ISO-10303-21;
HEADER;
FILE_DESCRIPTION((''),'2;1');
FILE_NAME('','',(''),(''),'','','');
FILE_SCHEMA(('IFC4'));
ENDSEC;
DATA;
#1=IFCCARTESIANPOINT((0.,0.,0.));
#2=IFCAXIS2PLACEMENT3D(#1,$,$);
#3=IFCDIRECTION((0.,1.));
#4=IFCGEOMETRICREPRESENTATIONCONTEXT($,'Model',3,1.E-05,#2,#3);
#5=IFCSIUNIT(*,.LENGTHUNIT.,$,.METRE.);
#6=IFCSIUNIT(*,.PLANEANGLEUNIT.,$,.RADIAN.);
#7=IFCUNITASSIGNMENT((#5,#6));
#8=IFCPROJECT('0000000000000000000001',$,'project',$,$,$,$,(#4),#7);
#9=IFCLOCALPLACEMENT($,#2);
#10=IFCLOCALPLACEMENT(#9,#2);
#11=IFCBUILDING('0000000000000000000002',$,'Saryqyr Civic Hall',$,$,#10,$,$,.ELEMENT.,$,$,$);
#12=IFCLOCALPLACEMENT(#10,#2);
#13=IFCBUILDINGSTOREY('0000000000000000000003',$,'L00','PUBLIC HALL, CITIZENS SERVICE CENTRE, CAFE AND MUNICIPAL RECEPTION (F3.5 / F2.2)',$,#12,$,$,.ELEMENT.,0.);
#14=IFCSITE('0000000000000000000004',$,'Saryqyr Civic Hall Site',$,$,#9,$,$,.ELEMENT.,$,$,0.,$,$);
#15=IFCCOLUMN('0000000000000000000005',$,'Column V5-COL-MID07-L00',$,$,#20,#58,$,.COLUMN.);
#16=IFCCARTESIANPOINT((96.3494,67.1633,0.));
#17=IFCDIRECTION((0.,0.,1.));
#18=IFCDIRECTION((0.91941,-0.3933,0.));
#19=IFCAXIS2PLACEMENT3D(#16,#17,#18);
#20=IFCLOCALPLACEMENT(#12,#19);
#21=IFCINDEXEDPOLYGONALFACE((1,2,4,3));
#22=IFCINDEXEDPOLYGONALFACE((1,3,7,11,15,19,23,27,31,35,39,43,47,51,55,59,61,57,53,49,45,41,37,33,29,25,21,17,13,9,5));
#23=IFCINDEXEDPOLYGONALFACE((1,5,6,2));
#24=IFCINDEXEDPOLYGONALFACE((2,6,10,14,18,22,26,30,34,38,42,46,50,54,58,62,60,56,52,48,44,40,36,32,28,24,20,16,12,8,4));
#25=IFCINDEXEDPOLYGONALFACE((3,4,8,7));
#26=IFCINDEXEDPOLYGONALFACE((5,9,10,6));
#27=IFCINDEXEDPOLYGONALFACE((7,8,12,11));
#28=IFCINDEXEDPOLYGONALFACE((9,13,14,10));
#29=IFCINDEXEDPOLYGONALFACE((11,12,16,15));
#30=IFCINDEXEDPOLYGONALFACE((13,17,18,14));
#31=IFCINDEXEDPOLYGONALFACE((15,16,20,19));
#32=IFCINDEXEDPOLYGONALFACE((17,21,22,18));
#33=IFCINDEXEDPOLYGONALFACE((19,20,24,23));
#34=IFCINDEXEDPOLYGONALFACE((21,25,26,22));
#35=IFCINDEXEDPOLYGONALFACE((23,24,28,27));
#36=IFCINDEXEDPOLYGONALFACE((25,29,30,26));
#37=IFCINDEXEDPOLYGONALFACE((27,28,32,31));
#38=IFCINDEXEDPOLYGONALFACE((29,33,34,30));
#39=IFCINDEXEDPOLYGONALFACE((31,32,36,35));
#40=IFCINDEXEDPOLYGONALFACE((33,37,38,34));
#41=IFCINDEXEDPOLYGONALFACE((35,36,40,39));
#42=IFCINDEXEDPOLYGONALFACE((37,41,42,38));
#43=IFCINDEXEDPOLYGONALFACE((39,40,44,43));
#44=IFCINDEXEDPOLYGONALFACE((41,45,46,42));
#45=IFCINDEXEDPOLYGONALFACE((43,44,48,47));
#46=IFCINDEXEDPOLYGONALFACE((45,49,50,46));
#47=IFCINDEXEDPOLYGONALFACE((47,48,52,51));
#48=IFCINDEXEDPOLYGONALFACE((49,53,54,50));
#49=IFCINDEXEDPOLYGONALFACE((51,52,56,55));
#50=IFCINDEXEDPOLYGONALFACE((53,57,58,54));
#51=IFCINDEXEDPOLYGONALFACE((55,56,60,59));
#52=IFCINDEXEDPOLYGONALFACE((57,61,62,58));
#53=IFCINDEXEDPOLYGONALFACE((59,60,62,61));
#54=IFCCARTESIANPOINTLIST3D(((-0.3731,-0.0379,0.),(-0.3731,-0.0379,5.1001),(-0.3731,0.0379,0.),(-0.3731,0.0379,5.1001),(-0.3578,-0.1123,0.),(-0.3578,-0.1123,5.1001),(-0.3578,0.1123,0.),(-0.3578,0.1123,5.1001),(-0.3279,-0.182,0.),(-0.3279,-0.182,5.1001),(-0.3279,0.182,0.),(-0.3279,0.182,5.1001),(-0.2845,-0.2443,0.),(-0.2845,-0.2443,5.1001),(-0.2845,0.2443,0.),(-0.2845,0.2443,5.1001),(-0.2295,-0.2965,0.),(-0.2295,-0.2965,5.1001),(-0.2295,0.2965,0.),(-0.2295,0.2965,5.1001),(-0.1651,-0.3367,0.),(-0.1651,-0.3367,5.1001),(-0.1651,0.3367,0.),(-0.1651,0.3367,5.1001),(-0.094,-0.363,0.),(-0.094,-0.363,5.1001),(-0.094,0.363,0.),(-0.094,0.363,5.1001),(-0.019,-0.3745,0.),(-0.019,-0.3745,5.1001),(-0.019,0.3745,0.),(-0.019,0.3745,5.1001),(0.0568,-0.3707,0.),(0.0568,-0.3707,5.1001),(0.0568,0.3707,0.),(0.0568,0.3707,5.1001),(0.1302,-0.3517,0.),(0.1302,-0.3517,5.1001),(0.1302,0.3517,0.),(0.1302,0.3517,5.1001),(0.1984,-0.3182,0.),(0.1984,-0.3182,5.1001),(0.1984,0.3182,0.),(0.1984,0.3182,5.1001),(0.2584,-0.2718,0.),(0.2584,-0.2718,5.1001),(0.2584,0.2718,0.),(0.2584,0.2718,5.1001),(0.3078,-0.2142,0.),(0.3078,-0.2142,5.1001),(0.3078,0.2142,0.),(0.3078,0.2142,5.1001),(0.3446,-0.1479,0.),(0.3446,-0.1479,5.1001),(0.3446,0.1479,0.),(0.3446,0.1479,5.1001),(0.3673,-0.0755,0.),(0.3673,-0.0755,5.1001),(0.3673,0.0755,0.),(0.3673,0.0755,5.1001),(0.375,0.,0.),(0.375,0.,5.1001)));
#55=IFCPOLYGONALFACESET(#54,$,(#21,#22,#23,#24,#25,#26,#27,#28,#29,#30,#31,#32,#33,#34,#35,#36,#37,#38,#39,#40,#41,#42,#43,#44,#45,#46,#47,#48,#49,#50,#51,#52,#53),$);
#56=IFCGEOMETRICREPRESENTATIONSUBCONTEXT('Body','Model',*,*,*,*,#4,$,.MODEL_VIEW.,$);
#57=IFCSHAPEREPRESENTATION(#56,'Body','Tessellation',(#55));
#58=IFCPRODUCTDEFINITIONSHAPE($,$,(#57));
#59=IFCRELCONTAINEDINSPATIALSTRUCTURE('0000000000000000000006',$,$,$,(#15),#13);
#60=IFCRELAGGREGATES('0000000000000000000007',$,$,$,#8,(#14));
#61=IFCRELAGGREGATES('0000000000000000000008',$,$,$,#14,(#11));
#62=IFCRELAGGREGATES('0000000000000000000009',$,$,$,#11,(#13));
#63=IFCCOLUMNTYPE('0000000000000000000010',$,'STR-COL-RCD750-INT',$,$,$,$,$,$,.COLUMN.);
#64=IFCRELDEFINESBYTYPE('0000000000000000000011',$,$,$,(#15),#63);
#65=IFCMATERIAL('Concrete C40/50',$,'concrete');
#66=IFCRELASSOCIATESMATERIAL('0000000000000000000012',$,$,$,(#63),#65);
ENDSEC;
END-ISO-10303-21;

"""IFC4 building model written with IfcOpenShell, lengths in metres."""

from ifc_helpers import new_model, si_unit, direction, frame, origin, origin_2d, place, context, subcontext, project, spatial, circle, extrude, material, material_profile, profile_set, type_object, element, save


model = new_model("IFC4")

# Units and contexts
model_context = context("Model", 3, precision=1e-05, world=origin(), true_north=direction((0.0, 1.0)))
body_context = subcontext(model_context, "Body", "Model", "MODEL_VIEW")
ifc_project = project(units=[si_unit("LENGTHUNIT", "METRE"), si_unit("PLANEANGLEUNIT", "RADIAN")], contexts=[model_context])

# Site, building, storey
site_placement = place(None, origin())
site = spatial("IfcSite", under=ifc_project, at=site_placement, Name="Saryqyr Civic Hall Site", CompositionType="ELEMENT", RefElevation=0.0)
building_placement = place(site_placement, origin())
building = spatial("IfcBuilding", under=site, at=building_placement, Name="Saryqyr Civic Hall", CompositionType="ELEMENT")
storey_placement = place(building_placement, origin())
storey = spatial("IfcBuildingStorey", under=building, at=storey_placement, Name="L00", Description="PUBLIC HALL, CITIZENS SERVICE CENTRE, CAFE AND MUNICIPAL RECEPTION (F3.5 / F2.2)", CompositionType="ELEMENT", Elevation=0.0)

# Column
ifc_material_1 = material(Name="Concrete C40/50", Category="concrete")
ifc_material_profile_1 = material_profile(ifc_material_1, circle(Radius=0.375, at=origin_2d()), Name="RC D750")
ifc_profile_set_1 = profile_set([ifc_material_profile_1], Name="Concrete C40/50")
column_type_1 = type_object("IfcColumnType", Name="STR-COL-RCD750-INT", PredefinedType="COLUMN", material=ifc_profile_set_1)
column_1_placement = place(storey_placement, frame((96.3494, 67.1633, 0.0), z_axis=(0.0, 0.0, 1.0), x_axis=(0.91941, -0.3933, 0.0)))
element("IfcColumn", 1, at=column_1_placement, inside=storey, type_object=column_type_1, Name="Column V5-COL-MID07-L00", PredefinedType="COLUMN", context=body_context, shape_type="SweptSolid", body=[
    extrude(circle(Radius=0.375, at=origin_2d()), origin(), (0.0, 0.0, 1.0), 5.1001),
])

save(model, "model.ifc")
